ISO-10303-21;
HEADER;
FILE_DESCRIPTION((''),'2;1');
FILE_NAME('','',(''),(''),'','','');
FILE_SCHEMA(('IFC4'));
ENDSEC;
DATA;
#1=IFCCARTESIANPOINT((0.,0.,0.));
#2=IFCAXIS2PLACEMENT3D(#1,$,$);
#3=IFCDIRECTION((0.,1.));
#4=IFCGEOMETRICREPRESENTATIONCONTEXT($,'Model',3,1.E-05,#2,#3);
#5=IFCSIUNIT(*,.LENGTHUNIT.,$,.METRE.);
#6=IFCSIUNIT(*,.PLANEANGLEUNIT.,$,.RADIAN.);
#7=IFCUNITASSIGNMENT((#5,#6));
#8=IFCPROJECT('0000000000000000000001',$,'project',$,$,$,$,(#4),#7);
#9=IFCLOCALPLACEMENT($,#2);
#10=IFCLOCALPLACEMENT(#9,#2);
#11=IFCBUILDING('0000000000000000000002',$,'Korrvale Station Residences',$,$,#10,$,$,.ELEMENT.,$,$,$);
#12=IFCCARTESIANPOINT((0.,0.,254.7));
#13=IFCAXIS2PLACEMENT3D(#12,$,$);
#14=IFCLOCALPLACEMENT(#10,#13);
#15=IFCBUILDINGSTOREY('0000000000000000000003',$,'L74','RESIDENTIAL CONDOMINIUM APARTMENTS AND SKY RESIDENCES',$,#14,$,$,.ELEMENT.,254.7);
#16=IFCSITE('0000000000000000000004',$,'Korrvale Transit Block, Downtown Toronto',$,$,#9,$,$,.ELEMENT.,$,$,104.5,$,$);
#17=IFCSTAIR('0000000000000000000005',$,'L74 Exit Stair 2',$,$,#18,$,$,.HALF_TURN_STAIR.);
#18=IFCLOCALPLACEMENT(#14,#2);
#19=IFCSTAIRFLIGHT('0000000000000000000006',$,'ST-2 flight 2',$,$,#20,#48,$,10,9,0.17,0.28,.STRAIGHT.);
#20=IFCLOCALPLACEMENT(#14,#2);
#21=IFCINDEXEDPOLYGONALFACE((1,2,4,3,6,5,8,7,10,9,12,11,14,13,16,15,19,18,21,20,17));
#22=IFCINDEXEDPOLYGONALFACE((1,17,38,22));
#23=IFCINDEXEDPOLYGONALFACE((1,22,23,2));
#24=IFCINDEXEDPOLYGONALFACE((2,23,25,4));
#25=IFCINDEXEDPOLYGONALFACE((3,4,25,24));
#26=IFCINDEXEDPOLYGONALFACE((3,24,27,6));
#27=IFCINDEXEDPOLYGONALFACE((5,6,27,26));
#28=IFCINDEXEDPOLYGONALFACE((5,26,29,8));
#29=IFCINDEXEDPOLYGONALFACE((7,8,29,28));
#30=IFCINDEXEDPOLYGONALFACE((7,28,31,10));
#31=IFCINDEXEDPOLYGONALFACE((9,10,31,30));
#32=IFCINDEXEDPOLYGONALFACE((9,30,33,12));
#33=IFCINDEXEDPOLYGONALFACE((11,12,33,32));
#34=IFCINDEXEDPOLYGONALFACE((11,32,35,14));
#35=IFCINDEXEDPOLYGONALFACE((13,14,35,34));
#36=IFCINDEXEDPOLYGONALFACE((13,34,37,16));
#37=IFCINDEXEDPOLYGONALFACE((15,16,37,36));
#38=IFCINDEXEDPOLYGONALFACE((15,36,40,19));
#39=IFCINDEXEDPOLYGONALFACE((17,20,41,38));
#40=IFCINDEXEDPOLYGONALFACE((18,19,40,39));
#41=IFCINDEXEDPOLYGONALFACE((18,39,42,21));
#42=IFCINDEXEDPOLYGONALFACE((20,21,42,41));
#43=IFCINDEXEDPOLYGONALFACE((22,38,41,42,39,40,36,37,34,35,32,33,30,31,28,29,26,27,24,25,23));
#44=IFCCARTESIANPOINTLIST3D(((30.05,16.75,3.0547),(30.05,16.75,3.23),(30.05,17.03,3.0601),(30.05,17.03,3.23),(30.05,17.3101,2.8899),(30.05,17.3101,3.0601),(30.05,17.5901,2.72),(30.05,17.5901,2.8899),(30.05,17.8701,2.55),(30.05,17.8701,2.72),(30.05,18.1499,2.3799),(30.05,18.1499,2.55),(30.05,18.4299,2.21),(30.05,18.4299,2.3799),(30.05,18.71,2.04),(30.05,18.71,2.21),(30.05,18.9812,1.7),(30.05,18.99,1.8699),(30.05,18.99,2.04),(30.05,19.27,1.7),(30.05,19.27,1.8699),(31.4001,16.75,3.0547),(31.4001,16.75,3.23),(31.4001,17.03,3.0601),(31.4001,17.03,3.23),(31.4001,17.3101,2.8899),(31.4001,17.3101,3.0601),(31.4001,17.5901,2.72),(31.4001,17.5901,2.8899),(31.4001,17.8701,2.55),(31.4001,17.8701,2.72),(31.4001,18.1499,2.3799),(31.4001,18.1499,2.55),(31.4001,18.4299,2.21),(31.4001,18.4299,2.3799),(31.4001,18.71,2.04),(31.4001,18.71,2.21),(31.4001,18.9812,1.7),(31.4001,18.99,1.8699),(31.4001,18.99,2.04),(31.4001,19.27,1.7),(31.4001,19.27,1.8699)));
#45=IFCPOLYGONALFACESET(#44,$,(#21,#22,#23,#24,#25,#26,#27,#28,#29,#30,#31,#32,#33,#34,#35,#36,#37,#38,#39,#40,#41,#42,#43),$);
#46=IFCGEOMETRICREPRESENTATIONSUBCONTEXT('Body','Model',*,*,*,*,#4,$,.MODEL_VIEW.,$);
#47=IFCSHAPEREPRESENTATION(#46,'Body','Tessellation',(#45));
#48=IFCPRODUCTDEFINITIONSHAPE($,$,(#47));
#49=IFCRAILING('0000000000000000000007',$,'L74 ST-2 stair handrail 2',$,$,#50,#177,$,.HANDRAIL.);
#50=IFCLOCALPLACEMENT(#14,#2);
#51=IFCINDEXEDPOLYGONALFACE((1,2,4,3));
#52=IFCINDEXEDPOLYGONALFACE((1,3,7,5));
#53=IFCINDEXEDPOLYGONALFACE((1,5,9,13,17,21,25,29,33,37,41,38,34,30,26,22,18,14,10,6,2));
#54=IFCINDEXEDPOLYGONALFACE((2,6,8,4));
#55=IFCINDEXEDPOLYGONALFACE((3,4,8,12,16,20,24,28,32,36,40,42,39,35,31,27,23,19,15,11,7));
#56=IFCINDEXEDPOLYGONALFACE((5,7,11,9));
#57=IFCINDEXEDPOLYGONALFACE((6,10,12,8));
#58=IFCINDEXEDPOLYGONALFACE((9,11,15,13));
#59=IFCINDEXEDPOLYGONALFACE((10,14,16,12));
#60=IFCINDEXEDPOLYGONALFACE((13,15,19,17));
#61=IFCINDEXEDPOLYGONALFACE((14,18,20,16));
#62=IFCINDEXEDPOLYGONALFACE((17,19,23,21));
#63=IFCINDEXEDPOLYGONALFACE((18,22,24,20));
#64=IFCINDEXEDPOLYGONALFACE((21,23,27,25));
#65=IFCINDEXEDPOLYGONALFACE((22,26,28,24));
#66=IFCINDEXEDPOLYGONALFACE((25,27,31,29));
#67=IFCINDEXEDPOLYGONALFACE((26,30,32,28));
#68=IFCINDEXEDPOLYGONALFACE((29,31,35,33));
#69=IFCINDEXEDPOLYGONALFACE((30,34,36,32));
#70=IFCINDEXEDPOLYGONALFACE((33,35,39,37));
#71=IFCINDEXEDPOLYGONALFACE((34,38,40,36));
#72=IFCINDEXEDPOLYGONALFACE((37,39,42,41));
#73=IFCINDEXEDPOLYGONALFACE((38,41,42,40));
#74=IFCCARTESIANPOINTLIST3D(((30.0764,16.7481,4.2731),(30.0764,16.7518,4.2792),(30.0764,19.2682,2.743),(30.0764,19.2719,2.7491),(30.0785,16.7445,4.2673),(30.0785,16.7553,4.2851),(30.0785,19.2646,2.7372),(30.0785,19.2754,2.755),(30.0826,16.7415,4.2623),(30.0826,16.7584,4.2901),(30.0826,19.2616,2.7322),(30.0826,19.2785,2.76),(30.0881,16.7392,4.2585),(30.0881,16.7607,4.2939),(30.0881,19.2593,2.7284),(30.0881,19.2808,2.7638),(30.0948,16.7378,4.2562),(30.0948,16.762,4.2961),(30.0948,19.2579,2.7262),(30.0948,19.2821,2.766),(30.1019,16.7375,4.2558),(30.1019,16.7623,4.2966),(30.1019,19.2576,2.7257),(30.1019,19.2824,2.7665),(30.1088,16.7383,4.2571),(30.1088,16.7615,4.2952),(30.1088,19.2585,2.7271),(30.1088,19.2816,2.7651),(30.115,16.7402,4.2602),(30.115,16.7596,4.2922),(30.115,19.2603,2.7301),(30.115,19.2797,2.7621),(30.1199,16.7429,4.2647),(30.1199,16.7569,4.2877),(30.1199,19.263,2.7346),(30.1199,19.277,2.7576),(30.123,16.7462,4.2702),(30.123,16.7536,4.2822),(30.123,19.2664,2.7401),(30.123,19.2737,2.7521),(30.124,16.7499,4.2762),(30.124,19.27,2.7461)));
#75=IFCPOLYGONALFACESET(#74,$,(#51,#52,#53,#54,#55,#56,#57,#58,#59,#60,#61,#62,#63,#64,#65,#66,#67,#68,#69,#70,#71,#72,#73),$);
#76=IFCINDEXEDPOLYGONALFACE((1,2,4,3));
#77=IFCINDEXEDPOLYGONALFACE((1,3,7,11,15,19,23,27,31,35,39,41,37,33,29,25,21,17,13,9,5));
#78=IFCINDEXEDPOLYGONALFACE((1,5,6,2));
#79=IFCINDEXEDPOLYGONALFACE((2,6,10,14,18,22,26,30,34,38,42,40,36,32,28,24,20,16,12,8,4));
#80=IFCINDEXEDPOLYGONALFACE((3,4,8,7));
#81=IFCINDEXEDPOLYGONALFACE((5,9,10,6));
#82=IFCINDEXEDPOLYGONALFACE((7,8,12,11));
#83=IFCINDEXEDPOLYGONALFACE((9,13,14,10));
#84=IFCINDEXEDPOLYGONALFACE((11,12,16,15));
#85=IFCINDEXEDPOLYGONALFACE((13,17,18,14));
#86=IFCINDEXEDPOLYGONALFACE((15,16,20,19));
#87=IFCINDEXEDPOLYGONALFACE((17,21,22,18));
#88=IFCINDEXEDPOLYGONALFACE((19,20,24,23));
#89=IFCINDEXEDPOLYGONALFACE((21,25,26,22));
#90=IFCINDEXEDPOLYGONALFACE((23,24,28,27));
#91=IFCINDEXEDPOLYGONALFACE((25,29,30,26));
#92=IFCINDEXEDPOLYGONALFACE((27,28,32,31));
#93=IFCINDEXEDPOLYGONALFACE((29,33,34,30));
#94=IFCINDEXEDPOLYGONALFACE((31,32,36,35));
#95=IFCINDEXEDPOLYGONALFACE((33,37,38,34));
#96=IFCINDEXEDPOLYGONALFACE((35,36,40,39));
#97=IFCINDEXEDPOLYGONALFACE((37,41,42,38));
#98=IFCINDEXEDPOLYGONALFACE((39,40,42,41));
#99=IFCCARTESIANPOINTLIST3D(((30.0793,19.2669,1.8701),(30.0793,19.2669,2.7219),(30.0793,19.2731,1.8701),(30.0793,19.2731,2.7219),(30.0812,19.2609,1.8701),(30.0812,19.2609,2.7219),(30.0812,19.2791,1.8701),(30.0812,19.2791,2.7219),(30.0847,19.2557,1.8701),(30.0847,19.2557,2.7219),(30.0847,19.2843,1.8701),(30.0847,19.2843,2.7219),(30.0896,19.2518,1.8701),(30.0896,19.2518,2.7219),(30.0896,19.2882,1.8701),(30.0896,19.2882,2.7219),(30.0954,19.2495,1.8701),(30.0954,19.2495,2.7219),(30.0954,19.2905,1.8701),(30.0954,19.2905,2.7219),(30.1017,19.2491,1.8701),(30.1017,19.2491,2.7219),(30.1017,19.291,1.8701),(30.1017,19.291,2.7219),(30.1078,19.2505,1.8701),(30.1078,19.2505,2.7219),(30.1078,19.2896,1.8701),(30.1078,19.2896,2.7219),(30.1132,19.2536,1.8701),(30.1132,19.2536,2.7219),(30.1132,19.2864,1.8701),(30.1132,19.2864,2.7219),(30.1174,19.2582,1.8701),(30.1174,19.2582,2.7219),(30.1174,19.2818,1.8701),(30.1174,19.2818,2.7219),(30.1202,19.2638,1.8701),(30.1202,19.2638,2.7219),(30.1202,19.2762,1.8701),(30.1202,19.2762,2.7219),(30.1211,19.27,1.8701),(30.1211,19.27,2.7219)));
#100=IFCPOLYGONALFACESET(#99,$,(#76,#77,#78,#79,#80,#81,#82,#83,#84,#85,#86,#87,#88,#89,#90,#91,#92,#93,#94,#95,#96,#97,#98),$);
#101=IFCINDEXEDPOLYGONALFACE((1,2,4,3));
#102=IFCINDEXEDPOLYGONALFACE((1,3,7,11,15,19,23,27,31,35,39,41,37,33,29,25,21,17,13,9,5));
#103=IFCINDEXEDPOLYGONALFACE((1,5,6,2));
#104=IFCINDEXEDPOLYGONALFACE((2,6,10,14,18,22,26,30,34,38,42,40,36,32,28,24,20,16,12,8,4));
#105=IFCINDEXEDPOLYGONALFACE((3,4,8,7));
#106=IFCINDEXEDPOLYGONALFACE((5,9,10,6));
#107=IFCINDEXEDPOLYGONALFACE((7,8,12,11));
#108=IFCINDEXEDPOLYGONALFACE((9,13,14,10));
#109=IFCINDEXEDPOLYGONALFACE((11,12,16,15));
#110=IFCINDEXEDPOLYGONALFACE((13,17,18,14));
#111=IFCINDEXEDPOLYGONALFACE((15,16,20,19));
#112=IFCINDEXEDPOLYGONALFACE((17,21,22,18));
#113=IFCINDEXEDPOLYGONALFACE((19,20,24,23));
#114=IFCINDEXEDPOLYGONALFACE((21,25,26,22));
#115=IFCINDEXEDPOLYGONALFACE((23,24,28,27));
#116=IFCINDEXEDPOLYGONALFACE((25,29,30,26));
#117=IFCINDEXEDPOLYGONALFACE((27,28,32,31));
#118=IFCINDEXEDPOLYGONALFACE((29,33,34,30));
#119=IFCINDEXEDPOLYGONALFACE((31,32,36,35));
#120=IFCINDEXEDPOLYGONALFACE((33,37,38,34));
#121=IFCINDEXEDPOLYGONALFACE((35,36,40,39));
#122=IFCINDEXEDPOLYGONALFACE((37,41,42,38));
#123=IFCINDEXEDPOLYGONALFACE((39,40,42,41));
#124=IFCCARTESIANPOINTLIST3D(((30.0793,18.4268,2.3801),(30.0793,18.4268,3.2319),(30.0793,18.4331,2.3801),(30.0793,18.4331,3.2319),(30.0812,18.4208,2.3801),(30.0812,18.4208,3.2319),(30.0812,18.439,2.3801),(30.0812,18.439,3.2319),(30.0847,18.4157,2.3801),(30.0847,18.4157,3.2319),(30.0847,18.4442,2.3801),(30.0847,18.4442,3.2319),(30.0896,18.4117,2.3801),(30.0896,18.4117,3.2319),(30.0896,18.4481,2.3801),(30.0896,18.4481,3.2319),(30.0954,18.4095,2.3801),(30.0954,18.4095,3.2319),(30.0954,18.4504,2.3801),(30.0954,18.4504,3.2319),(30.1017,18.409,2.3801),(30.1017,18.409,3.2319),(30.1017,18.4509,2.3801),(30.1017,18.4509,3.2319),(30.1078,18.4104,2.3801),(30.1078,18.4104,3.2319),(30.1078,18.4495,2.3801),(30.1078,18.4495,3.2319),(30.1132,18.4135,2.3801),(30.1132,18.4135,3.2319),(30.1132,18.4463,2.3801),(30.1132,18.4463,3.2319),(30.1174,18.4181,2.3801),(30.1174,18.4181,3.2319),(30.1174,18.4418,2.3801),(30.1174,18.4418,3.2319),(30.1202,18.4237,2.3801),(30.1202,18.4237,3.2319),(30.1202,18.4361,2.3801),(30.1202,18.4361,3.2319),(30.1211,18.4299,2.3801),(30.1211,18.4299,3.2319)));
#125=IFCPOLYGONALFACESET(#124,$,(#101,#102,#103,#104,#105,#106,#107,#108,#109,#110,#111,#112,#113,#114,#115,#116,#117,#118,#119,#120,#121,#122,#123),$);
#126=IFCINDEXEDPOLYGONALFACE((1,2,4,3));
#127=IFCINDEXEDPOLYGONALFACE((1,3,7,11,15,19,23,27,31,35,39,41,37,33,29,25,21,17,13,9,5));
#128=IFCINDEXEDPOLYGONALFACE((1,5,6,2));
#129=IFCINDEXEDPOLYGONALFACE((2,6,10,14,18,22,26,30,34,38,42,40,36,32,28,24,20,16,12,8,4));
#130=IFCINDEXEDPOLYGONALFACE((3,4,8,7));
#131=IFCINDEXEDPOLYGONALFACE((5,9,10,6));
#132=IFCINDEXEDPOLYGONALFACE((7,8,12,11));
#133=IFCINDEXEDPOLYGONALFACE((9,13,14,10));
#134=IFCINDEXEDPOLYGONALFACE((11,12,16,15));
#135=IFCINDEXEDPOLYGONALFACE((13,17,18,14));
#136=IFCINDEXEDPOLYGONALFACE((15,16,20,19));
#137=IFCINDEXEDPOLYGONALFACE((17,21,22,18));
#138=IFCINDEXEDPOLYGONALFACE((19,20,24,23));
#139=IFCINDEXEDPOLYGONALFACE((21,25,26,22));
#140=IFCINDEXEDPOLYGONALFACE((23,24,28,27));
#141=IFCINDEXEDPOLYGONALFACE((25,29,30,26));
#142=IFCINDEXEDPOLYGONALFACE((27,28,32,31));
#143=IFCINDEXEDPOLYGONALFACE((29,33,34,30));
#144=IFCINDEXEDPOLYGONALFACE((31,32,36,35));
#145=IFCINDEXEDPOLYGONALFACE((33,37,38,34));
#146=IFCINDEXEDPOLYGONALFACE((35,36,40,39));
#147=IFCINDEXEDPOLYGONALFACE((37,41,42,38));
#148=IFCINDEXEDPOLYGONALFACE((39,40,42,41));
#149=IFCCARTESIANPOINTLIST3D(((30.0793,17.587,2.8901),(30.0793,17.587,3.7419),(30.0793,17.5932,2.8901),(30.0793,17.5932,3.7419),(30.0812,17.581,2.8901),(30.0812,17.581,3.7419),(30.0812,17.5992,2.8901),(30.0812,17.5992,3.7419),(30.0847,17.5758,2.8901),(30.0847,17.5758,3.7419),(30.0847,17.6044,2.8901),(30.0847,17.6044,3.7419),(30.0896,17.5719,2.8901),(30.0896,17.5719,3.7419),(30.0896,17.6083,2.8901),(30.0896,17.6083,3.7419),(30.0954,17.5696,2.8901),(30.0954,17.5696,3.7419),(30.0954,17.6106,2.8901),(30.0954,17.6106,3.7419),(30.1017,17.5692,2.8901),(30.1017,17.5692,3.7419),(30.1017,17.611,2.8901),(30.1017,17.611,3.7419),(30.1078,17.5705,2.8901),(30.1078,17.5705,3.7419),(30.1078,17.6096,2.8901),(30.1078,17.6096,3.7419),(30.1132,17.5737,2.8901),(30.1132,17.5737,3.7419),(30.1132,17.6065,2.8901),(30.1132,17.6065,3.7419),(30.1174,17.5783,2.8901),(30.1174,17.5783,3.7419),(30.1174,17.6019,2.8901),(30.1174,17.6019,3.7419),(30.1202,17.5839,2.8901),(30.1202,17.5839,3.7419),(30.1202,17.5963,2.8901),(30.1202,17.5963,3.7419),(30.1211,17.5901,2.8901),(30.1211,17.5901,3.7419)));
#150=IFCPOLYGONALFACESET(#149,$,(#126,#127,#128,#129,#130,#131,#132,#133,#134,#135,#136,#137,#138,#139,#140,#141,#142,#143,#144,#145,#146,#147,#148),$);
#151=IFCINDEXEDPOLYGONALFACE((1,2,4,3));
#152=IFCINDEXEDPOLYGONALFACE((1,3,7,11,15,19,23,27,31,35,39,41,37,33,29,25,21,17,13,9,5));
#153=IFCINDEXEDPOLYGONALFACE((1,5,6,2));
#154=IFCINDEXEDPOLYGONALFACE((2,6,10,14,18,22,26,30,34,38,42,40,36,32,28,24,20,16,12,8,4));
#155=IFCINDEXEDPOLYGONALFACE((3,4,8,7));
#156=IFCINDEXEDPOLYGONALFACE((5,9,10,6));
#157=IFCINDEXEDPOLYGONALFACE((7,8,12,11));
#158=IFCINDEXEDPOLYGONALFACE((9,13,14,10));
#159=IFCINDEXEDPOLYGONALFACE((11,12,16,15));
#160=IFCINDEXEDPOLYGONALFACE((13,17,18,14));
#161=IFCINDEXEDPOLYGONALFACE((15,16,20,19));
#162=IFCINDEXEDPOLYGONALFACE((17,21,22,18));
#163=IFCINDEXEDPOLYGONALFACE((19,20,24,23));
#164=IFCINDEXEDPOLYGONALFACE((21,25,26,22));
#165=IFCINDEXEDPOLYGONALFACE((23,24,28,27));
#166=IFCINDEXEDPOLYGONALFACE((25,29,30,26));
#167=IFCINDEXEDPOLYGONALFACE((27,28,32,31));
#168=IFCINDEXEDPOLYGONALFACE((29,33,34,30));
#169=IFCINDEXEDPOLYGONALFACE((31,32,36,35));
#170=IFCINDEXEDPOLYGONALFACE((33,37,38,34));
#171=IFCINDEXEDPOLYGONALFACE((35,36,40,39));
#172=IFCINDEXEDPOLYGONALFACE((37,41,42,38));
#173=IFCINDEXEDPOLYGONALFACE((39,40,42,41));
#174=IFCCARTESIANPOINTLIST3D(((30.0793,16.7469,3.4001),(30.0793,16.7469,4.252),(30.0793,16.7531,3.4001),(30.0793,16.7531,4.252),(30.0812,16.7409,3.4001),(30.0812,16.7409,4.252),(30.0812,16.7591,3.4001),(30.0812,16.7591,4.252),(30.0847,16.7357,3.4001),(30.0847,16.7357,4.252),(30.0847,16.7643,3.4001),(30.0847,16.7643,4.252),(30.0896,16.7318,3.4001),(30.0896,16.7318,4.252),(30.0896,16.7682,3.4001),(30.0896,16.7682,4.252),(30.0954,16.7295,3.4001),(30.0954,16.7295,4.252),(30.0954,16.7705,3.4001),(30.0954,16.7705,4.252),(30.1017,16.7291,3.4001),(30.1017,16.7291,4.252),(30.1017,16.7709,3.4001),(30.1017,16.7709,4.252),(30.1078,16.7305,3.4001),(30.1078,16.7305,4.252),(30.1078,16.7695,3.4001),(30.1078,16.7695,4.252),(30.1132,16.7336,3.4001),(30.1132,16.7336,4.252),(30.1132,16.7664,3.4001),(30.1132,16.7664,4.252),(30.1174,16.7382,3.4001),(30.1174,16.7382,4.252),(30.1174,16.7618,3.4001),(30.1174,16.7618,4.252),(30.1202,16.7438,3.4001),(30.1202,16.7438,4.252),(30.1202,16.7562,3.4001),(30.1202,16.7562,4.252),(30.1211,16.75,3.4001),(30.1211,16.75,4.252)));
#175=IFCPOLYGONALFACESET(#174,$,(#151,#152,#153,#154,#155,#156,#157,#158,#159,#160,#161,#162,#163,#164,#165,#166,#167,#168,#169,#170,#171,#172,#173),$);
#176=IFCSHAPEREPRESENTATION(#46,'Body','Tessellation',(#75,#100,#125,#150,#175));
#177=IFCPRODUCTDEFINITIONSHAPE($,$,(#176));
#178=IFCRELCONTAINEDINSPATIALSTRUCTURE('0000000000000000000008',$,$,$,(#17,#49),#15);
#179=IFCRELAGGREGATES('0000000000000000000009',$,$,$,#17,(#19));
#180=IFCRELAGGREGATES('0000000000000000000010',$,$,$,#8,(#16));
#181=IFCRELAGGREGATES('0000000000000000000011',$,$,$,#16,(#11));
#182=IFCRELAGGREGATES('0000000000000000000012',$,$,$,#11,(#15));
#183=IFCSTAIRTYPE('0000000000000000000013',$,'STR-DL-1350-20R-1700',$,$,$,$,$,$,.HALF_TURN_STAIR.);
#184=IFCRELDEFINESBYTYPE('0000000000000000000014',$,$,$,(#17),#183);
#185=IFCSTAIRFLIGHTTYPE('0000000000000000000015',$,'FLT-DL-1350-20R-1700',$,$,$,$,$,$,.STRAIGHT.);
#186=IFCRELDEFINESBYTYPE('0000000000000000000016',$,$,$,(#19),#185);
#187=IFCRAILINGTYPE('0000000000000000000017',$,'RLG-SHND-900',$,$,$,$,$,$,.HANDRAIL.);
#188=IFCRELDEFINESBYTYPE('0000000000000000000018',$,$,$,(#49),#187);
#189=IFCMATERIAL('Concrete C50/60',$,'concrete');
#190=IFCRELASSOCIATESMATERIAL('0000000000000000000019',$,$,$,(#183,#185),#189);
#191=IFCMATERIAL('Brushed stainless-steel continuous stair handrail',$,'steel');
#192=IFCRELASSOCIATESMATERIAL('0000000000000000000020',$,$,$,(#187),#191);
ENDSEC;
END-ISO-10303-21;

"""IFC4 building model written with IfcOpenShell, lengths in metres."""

from ifc_helpers import new_model, si_unit, direction, frame, origin, origin_2d, place, context, subcontext, project, spatial, polyline, circle, outline, extrude, material, type_object, element, aggregate, save


model = new_model("IFC4")

# Units and contexts
model_context = context("Model", 3, precision=1e-05, world=origin(), true_north=direction((0.0, 1.0)))
body_context = subcontext(model_context, "Body", "Model", "MODEL_VIEW")
ifc_project = project(units=[si_unit("LENGTHUNIT", "METRE"), si_unit("PLANEANGLEUNIT", "RADIAN")], contexts=[model_context])

# Site, building, storey
site_placement = place(None, origin())
site = spatial("IfcSite", under=ifc_project, at=site_placement, Name="Korrvale Transit Block, Downtown Toronto", CompositionType="ELEMENT", RefElevation=104.5)
building_placement = place(site_placement, origin())
building = spatial("IfcBuilding", under=site, at=building_placement, Name="Korrvale Station Residences", CompositionType="ELEMENT")
storey_placement = place(building_placement, frame((0.0, 0.0, 254.7)))
storey = spatial("IfcBuildingStorey", under=building, at=storey_placement, Name="L74", Description="RESIDENTIAL CONDOMINIUM APARTMENTS AND SKY RESIDENCES", CompositionType="ELEMENT", Elevation=254.7)

# Shared definitions
ifc_material_1 = material(Name="Concrete C50/60", Category="concrete")

# Stair, stair flight
stair_type = type_object("IfcStairType", Name="STR-DL-1350-20R-1700", PredefinedType="HALF_TURN_STAIR", material=ifc_material_1)
stair_placement = place(storey_placement, origin())
stair = element("IfcStair", 1, at=stair_placement, inside=storey, type_object=stair_type, Name="L74 Exit Stair 2", PredefinedType="HALF_TURN_STAIR")
stair_flight_type = type_object("IfcStairFlightType", Name="FLT-DL-1350-20R-1700", PredefinedType="STRAIGHT", material=ifc_material_1)
stair_flight_placement = place(storey_placement, frame((30.7251, 19.27, 1.7), z_axis=(0.0, 0.0, 1.0), x_axis=(0.0, -1.0, 0.0)))
stair_flight = element("IfcStairFlight", 2, at=stair_flight_placement, type_object=stair_flight_type, Name="ST-2 flight 2", NumberOfRisers=10, NumberOfTreads=9, PredefinedType="STRAIGHT", RiserHeight=0.17, TreadLength=0.28, context=body_context, shape_type="SweptSolid", body=[
    extrude(outline(polyline([(0.0, 0.0), (0.0, 0.1699), (0.28, 0.1699), (0.28, 0.3401), (0.5601, 0.3401), (0.5601, 0.51), (0.8401, 0.51), (0.8401, 0.6799), (1.1201, 0.6799), (1.1201, 0.8501), (1.3999, 0.8501), (1.3999, 1.02), (1.6799, 1.02), (1.6799, 1.1899), (1.96, 1.1899), (1.96, 1.3601), (2.24, 1.3601), (2.24, 1.53), (2.52, 1.53), (2.52, 1.7), (2.52, 1.3547), (0.2888, 0.0), (0.0, 0.0)])), frame((0.0, 0.675, 0.0), z_axis=(0.0, -1.0, 0.0), x_axis=(1.0, 0.0, 0.0)), (0.0, 0.0, 1.0), 1.3501),
])
aggregate(stair, [stair_flight])

# Railing
ifc_material_2 = material(Name="Brushed stainless-steel continuous stair handrail", Category="steel")
railing_type_1 = type_object("IfcRailingType", Name="RLG-SHND-900", PredefinedType="HANDRAIL", material=ifc_material_2)
railing_1_placement = place(storey_placement, frame((30.1001, 19.27, 1.8701)))
element("IfcRailing", 3, at=railing_1_placement, inside=storey, type_object=railing_type_1, Name="L74 ST-2 stair handrail 2", PredefinedType="HANDRAIL", context=body_context, shape_type="SweptSolid", body=[
    extrude(circle(Radius=0.0239, at=origin_2d()), frame((0.0, 0.0, 0.876), z_axis=(0.0, -0.854785, 0.518982), x_axis=(1.0, 0.0, 0.0)), (0.0, 0.0, 1.0), 2.9482),
    extrude(circle(Radius=0.021, at=origin_2d()), origin(), (0.0, 0.0, 1.0), 0.8518),
    extrude(circle(Radius=0.021, at=origin_2d()), frame((0.0, -0.8401, 0.51)), (0.0, 0.0, 1.0), 0.8518),
    extrude(circle(Radius=0.021, at=origin_2d()), frame((0.0, -1.6799, 1.02)), (0.0, 0.0, 1.0), 0.8518),
    extrude(circle(Radius=0.021, at=origin_2d()), frame((0.0, -2.52, 1.53)), (0.0, 0.0, 1.0), 0.8518),
])

save(model, "model.ifc")
